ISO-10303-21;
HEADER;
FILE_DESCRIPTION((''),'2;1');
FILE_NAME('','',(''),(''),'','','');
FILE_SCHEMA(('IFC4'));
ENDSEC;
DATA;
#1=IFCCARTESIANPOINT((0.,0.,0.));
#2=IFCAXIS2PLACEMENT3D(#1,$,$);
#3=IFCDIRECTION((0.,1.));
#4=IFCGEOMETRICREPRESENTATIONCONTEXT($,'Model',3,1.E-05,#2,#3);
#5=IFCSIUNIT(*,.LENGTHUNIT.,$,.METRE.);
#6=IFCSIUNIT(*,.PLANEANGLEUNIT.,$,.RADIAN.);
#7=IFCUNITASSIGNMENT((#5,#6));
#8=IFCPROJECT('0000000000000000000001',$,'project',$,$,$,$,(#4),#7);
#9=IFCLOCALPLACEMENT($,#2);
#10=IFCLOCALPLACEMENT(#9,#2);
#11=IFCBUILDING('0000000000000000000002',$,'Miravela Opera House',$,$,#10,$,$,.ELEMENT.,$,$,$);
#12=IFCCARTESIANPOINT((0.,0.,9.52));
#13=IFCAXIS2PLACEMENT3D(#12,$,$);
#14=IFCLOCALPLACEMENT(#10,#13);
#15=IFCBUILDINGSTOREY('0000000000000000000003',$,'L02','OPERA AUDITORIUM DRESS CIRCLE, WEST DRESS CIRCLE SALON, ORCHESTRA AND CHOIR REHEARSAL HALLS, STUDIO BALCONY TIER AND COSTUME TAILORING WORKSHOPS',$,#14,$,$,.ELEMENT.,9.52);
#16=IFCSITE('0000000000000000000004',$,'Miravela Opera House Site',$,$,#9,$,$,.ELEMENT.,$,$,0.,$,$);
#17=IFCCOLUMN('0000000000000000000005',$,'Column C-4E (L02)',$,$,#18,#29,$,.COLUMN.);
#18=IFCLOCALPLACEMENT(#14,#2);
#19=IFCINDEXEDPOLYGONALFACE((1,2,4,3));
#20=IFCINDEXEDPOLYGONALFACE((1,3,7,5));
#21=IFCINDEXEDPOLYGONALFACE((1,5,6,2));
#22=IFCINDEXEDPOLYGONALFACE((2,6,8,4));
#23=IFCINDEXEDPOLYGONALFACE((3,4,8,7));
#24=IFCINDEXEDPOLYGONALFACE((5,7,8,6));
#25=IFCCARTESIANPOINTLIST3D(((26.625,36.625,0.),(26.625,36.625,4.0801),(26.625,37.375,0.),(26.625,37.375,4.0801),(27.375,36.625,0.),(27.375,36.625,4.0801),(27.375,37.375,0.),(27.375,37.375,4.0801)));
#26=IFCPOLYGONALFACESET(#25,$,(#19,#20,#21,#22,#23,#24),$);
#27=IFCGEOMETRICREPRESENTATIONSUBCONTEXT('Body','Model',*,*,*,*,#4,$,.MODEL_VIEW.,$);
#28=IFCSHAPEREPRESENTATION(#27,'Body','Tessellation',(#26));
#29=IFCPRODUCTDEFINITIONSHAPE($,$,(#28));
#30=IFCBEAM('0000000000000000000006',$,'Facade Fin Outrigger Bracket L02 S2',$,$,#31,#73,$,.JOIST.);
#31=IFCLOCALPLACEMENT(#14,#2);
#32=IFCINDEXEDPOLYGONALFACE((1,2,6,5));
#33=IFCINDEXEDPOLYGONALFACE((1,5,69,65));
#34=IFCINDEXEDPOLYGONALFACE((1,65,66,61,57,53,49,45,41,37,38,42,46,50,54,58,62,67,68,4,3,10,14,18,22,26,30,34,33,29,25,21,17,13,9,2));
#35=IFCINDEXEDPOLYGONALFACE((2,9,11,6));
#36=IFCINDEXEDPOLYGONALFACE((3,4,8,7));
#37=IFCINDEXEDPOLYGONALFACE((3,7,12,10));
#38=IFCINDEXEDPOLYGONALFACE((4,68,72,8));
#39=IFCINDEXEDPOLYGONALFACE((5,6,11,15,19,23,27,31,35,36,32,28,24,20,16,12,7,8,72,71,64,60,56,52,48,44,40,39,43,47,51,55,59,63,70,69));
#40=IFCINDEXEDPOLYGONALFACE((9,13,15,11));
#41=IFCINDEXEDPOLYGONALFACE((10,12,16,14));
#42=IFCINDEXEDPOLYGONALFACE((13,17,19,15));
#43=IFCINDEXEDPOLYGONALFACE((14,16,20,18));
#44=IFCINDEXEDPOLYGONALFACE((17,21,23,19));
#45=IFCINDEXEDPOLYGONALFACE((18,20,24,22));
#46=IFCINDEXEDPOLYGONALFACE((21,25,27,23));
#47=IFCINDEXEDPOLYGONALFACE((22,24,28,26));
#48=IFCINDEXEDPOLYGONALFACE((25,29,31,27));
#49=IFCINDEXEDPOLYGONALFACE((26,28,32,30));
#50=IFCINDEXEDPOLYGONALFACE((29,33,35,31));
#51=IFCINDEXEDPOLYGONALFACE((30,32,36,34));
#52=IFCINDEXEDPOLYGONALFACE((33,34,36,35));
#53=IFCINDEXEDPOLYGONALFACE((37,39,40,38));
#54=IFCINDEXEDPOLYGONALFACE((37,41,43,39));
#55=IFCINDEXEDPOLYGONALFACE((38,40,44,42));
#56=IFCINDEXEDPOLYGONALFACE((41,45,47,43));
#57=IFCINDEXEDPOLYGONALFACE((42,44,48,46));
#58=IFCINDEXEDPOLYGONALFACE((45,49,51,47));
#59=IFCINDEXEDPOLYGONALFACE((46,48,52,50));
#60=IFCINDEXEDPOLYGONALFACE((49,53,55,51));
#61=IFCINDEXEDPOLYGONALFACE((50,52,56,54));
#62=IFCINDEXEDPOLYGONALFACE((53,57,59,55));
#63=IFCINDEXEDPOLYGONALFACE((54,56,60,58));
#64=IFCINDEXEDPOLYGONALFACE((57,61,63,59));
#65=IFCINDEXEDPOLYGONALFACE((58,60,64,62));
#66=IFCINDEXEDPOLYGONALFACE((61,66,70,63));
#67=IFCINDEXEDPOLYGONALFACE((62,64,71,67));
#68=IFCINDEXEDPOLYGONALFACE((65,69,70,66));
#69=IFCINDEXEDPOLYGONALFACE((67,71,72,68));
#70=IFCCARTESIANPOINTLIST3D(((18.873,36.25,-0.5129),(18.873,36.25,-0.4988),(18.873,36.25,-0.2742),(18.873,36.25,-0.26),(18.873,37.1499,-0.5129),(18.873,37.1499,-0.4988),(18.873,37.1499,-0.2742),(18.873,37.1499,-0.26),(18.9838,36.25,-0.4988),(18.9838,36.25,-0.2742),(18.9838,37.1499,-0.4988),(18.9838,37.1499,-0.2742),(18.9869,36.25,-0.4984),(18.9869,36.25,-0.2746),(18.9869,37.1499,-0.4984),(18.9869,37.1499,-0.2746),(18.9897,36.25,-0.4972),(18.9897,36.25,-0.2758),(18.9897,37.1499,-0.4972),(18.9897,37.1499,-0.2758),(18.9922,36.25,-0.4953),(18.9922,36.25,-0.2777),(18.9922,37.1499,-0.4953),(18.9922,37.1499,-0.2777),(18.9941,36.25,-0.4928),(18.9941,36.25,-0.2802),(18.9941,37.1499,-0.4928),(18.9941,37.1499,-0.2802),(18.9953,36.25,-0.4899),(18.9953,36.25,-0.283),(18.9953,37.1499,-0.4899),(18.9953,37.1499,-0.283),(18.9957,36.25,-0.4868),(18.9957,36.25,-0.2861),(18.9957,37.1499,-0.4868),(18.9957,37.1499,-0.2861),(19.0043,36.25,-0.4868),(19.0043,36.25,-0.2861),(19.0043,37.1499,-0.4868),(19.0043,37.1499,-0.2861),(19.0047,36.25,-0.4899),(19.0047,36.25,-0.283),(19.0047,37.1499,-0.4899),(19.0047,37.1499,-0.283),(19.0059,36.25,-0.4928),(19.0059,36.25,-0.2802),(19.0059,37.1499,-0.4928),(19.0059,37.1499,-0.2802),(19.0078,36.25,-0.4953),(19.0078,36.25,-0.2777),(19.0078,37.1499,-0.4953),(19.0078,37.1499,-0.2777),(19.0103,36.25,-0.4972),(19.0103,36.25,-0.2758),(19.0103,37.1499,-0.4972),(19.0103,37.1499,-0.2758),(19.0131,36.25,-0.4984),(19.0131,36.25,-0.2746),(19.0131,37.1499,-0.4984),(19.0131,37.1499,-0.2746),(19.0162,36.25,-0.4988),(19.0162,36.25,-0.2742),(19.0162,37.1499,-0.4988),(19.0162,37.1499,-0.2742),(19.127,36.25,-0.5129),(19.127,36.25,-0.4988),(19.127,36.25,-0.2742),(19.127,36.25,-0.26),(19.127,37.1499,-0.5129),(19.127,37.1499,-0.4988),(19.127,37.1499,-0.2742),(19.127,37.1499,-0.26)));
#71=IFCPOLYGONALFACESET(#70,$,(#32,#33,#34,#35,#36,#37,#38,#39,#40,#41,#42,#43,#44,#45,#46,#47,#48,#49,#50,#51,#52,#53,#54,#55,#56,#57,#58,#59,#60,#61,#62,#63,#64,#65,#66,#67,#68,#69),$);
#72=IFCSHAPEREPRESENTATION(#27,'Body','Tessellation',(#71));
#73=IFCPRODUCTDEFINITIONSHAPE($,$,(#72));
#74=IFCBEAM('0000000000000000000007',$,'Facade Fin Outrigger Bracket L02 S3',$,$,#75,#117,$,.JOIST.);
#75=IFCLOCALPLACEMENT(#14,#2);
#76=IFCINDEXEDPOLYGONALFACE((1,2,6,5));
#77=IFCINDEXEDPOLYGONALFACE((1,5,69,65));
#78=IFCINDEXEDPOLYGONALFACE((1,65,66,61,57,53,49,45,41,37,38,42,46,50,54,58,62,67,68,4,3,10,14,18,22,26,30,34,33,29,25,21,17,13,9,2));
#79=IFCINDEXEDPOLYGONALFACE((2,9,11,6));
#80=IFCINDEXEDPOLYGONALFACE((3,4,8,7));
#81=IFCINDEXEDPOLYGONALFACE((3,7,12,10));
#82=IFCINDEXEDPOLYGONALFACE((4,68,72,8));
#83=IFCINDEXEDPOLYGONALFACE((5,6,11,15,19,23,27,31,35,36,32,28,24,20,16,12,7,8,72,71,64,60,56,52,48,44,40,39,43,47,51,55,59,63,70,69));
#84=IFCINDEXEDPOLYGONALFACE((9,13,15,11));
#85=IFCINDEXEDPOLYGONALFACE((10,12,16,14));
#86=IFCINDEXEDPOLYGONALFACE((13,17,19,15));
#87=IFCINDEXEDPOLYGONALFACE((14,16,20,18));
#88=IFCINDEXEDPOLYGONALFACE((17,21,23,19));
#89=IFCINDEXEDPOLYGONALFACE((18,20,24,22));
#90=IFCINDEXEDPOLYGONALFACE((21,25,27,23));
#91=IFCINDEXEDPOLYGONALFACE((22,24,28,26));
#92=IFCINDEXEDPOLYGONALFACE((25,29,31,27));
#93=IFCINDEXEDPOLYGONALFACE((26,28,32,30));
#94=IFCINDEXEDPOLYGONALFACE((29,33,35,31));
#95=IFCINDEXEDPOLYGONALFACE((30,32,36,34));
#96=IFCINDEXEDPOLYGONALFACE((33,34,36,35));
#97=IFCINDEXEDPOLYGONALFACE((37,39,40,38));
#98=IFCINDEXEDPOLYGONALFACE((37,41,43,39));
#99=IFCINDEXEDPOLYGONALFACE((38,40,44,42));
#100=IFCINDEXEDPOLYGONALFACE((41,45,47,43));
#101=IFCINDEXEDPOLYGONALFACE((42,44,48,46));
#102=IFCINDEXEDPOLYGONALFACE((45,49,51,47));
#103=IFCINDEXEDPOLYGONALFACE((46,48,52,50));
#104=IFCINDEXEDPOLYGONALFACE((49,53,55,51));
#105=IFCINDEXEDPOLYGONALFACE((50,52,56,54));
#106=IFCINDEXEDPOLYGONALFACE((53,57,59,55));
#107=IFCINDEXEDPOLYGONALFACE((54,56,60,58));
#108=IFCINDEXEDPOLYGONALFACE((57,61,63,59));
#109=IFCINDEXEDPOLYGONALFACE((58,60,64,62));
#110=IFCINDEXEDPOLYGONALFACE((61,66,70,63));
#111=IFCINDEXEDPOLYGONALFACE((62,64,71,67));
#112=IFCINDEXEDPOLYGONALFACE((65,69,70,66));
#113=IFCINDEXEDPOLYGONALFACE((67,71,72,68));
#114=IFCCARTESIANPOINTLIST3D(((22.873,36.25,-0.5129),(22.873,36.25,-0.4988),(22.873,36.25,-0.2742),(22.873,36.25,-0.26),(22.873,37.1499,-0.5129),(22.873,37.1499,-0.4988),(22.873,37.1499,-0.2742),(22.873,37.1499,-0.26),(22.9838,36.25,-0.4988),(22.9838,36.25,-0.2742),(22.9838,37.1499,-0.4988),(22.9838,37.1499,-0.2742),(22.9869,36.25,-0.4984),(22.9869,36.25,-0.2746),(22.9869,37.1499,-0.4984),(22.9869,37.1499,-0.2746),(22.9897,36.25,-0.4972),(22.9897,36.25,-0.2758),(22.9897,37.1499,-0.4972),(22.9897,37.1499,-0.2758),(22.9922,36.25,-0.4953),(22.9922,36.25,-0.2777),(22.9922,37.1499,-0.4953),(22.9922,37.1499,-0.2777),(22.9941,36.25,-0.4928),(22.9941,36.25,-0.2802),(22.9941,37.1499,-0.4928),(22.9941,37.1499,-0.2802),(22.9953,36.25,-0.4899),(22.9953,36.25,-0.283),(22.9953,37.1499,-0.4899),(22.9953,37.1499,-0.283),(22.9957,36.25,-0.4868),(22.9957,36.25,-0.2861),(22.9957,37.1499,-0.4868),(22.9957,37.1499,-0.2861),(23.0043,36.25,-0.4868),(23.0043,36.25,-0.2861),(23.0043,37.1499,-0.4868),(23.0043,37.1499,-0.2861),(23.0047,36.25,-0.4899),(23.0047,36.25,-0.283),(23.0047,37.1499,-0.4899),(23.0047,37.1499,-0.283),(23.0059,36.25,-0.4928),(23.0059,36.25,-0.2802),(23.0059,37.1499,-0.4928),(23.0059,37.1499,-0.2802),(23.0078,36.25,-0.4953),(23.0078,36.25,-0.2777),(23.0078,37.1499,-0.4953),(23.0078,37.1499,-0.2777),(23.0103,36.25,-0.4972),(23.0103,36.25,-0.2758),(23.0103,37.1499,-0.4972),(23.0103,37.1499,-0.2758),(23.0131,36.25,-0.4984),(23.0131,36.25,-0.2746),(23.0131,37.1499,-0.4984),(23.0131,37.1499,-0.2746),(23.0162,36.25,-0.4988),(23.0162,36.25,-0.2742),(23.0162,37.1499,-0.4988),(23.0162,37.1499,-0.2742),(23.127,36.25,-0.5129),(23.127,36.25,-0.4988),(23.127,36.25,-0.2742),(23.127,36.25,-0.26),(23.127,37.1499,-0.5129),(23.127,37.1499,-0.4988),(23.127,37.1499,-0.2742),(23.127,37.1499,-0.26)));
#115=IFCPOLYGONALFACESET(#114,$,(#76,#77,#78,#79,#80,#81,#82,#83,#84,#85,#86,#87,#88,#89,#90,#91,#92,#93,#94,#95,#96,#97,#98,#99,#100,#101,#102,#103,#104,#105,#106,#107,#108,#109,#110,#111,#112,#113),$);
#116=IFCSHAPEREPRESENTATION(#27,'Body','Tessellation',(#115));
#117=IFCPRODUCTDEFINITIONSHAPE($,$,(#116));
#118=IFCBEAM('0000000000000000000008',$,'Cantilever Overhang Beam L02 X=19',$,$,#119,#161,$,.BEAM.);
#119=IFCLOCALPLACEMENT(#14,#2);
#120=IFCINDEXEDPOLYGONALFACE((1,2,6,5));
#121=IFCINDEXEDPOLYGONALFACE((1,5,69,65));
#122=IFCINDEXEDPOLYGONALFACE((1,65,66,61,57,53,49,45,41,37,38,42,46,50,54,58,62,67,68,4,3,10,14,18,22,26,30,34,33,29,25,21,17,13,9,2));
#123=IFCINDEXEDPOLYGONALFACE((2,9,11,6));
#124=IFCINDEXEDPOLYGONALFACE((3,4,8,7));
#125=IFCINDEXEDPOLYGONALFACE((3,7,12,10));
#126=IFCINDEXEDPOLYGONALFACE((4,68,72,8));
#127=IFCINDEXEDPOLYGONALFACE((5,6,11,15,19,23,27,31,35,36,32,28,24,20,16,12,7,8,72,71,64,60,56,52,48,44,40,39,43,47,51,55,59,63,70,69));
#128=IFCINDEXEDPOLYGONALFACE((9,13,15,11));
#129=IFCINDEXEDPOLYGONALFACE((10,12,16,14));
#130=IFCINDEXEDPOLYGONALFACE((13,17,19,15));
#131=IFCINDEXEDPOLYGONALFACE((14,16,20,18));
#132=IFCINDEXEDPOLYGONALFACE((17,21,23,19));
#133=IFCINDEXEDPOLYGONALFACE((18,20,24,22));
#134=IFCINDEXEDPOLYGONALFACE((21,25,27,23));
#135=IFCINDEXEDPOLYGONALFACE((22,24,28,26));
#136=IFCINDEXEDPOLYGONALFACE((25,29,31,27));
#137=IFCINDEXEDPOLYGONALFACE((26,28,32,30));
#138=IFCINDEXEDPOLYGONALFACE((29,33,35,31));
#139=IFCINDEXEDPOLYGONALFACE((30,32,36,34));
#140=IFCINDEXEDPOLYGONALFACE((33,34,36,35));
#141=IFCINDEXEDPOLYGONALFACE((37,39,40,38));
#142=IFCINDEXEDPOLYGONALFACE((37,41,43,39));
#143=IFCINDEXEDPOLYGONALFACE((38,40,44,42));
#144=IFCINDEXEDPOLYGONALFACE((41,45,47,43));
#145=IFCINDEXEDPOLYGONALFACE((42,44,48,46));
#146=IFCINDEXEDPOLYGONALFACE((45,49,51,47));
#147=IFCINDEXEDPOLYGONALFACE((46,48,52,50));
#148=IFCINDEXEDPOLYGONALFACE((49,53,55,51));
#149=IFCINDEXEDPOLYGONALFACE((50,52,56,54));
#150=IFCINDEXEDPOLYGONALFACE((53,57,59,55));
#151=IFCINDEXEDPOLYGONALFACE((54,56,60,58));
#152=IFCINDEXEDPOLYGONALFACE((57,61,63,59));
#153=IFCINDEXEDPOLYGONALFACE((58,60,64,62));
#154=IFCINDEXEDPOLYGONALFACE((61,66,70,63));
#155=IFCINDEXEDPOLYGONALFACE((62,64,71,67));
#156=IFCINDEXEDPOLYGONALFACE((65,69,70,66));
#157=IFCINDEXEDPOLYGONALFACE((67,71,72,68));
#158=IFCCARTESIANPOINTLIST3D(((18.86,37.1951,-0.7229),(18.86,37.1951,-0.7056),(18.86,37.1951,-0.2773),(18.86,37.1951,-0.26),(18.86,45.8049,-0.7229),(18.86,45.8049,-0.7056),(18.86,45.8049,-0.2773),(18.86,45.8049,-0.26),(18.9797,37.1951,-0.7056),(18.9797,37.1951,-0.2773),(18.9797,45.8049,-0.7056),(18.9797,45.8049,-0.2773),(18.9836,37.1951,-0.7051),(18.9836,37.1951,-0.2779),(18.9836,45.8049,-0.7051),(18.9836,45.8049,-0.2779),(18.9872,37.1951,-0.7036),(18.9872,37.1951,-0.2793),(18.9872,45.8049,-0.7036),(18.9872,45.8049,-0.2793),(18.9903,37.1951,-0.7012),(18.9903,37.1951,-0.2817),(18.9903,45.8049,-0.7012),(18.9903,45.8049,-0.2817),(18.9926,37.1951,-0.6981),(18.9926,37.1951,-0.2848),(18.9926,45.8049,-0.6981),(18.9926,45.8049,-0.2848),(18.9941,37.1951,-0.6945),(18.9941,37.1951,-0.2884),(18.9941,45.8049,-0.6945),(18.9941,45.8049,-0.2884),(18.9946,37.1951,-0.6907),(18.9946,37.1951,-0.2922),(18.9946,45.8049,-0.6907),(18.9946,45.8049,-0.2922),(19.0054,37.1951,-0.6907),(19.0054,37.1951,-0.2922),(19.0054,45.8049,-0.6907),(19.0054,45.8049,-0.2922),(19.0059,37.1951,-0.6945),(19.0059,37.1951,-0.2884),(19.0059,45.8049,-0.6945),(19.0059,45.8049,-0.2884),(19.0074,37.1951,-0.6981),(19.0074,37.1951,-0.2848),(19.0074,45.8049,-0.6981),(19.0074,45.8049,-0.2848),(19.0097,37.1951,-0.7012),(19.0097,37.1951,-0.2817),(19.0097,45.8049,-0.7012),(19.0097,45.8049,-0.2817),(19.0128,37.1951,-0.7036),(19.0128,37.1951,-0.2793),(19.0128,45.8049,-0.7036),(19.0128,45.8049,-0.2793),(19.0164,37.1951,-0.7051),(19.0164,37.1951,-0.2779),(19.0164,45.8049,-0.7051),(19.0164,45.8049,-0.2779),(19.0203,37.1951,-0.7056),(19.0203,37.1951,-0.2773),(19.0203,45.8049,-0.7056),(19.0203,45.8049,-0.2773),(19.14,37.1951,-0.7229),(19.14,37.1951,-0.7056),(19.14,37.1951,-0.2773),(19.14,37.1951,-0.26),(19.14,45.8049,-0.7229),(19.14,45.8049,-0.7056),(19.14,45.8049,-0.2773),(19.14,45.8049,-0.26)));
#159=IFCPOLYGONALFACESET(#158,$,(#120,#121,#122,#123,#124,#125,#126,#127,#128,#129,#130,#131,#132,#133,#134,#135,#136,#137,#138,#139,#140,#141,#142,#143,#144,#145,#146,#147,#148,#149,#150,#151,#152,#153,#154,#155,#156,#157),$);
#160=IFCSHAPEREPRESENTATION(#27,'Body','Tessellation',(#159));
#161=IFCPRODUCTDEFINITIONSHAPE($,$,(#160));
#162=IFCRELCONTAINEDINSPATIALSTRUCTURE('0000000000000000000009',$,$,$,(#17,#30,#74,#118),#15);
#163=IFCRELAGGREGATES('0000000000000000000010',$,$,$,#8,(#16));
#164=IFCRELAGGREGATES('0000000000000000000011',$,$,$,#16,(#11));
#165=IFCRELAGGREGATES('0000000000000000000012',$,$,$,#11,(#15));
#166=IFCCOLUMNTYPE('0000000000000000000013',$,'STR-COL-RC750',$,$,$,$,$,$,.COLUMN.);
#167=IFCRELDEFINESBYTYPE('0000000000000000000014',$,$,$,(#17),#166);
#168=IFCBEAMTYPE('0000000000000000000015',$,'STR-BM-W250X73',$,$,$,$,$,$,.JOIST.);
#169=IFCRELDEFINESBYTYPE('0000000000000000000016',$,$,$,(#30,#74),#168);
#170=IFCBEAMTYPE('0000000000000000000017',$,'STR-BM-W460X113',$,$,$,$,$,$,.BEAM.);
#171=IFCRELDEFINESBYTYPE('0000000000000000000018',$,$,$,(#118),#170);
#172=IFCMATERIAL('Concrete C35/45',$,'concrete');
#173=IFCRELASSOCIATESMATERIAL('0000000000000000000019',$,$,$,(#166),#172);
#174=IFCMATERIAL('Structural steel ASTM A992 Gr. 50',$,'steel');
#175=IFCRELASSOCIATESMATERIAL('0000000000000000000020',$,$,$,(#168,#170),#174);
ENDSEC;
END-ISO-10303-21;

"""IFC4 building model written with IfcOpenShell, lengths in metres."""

from ifc_helpers import new_model, si_unit, direction, frame, origin, origin_2d, place, context, subcontext, project, spatial, rectangle, i_section, extrude, material, material_profile, profile_set, type_object, element, save


model = new_model("IFC4")

# Units and contexts
model_context = context("Model", 3, precision=1e-05, world=origin(), true_north=direction((0.0, 1.0)))
body_context = subcontext(model_context, "Body", "Model", "MODEL_VIEW")
ifc_project = project(units=[si_unit("LENGTHUNIT", "METRE"), si_unit("PLANEANGLEUNIT", "RADIAN")], contexts=[model_context])

# Site, building, storey
site_placement = place(None, origin())
site = spatial("IfcSite", under=ifc_project, at=site_placement, Name="Miravela Opera House Site", CompositionType="ELEMENT", RefElevation=0.0)
building_placement = place(site_placement, origin())
building = spatial("IfcBuilding", under=site, at=building_placement, Name="Miravela Opera House", CompositionType="ELEMENT")
storey_placement = place(building_placement, frame((0.0, 0.0, 9.52)))
storey = spatial("IfcBuildingStorey", under=building, at=storey_placement, Name="L02", Description="OPERA AUDITORIUM DRESS CIRCLE, WEST DRESS CIRCLE SALON, ORCHESTRA AND CHOIR REHEARSAL HALLS, STUDIO BALCONY TIER AND COSTUME TAILORING WORKSHOPS", CompositionType="ELEMENT", Elevation=9.52)

# Column
ifc_material_1 = material(Name="Concrete C35/45", Category="concrete")
ifc_material_profile_1 = material_profile(ifc_material_1, rectangle(XDim=0.75, YDim=0.75, at=origin_2d()), Name="RC-COL-750X750")
ifc_profile_set_1 = profile_set([ifc_material_profile_1])
column_type = type_object("IfcColumnType", Name="STR-COL-RC750", PredefinedType="COLUMN", material=ifc_profile_set_1)
column_placement = place(storey_placement, frame((27.0, 37.0, 0.0), z_axis=(0.0, 0.0, 1.0), x_axis=(1.0, 0.0, 0.0)))
element("IfcColumn", 1, at=column_placement, inside=storey, type_object=column_type, Name="Column C-4E (L02)", PredefinedType="COLUMN", context=body_context, shape_type="SweptSolid", body=[
    extrude(rectangle(XDim=0.75, YDim=0.75, at=origin_2d()), origin(), (0.0, 0.0, 1.0), 4.0801),
])

# Beams
ifc_material_2 = material(Name="Structural steel ASTM A992 Gr. 50", Category="steel")
ifc_material_profile_2 = material_profile(ifc_material_2, i_section(OverallWidth=0.2539, OverallDepth=0.2529, WebThickness=0.0085, FlangeThickness=0.0142, FilletRadius=0.012, at=origin_2d()), Name="W250X73")
ifc_profile_set_2 = profile_set([ifc_material_profile_2])
beam_type_1 = type_object("IfcBeamType", Name="STR-BM-W250X73", PredefinedType="JOIST", material=ifc_profile_set_2)
for number, where, z_axis, x_axis, name in (
    (2, (19.0, 37.1499, -0.3865), (0.0, -1.0, 0.0), (1.0, 0.0, 0.0), "Facade Fin Outrigger Bracket L02 S2"),
    (3, (23.0, 37.1499, -0.3865), (0.0, -1.0, 0.0), (1.0, 0.0, 0.0), "Facade Fin Outrigger Bracket L02 S3"),
):
    element("IfcBeam", number, at=place(storey_placement, frame(where, z_axis=z_axis, x_axis=x_axis)), inside=storey, type_object=beam_type_1, Name=name, PredefinedType="JOIST", context=body_context, shape_type="SweptSolid", body=[
        extrude(i_section(OverallWidth=0.2539, OverallDepth=0.2529, WebThickness=0.0085, FlangeThickness=0.0142, FilletRadius=0.012, at=origin_2d()), origin(), (0.0, 0.0, 1.0), 0.8999),
    ])
ifc_material_profile_3 = material_profile(ifc_material_2, i_section(OverallWidth=0.28, OverallDepth=0.4629, WebThickness=0.0107, FlangeThickness=0.0173, FilletRadius=0.0149, at=origin_2d()), Name="W460X113")
ifc_profile_set_3 = profile_set([ifc_material_profile_3])
beam_type_2 = type_object("IfcBeamType", Name="STR-BM-W460X113", PredefinedType="BEAM", material=ifc_profile_set_3)
for number, where, z_axis, x_axis, name in (
    (4, (19.0, 37.1951, -0.4915), (0.0, 1.0, 0.0), (-1.0, 0.0, 0.0), "Cantilever Overhang Beam L02 X=19"),
):
    element("IfcBeam", number, at=place(storey_placement, frame(where, z_axis=z_axis, x_axis=x_axis)), inside=storey, type_object=beam_type_2, Name=name, PredefinedType="BEAM", context=body_context, shape_type="SweptSolid", body=[
        extrude(i_section(OverallWidth=0.28, OverallDepth=0.4629, WebThickness=0.0107, FlangeThickness=0.0173, FilletRadius=0.0149, at=origin_2d()), origin(), (0.0, 0.0, 1.0), 8.6099),
    ])

save(model, "model.ifc")
